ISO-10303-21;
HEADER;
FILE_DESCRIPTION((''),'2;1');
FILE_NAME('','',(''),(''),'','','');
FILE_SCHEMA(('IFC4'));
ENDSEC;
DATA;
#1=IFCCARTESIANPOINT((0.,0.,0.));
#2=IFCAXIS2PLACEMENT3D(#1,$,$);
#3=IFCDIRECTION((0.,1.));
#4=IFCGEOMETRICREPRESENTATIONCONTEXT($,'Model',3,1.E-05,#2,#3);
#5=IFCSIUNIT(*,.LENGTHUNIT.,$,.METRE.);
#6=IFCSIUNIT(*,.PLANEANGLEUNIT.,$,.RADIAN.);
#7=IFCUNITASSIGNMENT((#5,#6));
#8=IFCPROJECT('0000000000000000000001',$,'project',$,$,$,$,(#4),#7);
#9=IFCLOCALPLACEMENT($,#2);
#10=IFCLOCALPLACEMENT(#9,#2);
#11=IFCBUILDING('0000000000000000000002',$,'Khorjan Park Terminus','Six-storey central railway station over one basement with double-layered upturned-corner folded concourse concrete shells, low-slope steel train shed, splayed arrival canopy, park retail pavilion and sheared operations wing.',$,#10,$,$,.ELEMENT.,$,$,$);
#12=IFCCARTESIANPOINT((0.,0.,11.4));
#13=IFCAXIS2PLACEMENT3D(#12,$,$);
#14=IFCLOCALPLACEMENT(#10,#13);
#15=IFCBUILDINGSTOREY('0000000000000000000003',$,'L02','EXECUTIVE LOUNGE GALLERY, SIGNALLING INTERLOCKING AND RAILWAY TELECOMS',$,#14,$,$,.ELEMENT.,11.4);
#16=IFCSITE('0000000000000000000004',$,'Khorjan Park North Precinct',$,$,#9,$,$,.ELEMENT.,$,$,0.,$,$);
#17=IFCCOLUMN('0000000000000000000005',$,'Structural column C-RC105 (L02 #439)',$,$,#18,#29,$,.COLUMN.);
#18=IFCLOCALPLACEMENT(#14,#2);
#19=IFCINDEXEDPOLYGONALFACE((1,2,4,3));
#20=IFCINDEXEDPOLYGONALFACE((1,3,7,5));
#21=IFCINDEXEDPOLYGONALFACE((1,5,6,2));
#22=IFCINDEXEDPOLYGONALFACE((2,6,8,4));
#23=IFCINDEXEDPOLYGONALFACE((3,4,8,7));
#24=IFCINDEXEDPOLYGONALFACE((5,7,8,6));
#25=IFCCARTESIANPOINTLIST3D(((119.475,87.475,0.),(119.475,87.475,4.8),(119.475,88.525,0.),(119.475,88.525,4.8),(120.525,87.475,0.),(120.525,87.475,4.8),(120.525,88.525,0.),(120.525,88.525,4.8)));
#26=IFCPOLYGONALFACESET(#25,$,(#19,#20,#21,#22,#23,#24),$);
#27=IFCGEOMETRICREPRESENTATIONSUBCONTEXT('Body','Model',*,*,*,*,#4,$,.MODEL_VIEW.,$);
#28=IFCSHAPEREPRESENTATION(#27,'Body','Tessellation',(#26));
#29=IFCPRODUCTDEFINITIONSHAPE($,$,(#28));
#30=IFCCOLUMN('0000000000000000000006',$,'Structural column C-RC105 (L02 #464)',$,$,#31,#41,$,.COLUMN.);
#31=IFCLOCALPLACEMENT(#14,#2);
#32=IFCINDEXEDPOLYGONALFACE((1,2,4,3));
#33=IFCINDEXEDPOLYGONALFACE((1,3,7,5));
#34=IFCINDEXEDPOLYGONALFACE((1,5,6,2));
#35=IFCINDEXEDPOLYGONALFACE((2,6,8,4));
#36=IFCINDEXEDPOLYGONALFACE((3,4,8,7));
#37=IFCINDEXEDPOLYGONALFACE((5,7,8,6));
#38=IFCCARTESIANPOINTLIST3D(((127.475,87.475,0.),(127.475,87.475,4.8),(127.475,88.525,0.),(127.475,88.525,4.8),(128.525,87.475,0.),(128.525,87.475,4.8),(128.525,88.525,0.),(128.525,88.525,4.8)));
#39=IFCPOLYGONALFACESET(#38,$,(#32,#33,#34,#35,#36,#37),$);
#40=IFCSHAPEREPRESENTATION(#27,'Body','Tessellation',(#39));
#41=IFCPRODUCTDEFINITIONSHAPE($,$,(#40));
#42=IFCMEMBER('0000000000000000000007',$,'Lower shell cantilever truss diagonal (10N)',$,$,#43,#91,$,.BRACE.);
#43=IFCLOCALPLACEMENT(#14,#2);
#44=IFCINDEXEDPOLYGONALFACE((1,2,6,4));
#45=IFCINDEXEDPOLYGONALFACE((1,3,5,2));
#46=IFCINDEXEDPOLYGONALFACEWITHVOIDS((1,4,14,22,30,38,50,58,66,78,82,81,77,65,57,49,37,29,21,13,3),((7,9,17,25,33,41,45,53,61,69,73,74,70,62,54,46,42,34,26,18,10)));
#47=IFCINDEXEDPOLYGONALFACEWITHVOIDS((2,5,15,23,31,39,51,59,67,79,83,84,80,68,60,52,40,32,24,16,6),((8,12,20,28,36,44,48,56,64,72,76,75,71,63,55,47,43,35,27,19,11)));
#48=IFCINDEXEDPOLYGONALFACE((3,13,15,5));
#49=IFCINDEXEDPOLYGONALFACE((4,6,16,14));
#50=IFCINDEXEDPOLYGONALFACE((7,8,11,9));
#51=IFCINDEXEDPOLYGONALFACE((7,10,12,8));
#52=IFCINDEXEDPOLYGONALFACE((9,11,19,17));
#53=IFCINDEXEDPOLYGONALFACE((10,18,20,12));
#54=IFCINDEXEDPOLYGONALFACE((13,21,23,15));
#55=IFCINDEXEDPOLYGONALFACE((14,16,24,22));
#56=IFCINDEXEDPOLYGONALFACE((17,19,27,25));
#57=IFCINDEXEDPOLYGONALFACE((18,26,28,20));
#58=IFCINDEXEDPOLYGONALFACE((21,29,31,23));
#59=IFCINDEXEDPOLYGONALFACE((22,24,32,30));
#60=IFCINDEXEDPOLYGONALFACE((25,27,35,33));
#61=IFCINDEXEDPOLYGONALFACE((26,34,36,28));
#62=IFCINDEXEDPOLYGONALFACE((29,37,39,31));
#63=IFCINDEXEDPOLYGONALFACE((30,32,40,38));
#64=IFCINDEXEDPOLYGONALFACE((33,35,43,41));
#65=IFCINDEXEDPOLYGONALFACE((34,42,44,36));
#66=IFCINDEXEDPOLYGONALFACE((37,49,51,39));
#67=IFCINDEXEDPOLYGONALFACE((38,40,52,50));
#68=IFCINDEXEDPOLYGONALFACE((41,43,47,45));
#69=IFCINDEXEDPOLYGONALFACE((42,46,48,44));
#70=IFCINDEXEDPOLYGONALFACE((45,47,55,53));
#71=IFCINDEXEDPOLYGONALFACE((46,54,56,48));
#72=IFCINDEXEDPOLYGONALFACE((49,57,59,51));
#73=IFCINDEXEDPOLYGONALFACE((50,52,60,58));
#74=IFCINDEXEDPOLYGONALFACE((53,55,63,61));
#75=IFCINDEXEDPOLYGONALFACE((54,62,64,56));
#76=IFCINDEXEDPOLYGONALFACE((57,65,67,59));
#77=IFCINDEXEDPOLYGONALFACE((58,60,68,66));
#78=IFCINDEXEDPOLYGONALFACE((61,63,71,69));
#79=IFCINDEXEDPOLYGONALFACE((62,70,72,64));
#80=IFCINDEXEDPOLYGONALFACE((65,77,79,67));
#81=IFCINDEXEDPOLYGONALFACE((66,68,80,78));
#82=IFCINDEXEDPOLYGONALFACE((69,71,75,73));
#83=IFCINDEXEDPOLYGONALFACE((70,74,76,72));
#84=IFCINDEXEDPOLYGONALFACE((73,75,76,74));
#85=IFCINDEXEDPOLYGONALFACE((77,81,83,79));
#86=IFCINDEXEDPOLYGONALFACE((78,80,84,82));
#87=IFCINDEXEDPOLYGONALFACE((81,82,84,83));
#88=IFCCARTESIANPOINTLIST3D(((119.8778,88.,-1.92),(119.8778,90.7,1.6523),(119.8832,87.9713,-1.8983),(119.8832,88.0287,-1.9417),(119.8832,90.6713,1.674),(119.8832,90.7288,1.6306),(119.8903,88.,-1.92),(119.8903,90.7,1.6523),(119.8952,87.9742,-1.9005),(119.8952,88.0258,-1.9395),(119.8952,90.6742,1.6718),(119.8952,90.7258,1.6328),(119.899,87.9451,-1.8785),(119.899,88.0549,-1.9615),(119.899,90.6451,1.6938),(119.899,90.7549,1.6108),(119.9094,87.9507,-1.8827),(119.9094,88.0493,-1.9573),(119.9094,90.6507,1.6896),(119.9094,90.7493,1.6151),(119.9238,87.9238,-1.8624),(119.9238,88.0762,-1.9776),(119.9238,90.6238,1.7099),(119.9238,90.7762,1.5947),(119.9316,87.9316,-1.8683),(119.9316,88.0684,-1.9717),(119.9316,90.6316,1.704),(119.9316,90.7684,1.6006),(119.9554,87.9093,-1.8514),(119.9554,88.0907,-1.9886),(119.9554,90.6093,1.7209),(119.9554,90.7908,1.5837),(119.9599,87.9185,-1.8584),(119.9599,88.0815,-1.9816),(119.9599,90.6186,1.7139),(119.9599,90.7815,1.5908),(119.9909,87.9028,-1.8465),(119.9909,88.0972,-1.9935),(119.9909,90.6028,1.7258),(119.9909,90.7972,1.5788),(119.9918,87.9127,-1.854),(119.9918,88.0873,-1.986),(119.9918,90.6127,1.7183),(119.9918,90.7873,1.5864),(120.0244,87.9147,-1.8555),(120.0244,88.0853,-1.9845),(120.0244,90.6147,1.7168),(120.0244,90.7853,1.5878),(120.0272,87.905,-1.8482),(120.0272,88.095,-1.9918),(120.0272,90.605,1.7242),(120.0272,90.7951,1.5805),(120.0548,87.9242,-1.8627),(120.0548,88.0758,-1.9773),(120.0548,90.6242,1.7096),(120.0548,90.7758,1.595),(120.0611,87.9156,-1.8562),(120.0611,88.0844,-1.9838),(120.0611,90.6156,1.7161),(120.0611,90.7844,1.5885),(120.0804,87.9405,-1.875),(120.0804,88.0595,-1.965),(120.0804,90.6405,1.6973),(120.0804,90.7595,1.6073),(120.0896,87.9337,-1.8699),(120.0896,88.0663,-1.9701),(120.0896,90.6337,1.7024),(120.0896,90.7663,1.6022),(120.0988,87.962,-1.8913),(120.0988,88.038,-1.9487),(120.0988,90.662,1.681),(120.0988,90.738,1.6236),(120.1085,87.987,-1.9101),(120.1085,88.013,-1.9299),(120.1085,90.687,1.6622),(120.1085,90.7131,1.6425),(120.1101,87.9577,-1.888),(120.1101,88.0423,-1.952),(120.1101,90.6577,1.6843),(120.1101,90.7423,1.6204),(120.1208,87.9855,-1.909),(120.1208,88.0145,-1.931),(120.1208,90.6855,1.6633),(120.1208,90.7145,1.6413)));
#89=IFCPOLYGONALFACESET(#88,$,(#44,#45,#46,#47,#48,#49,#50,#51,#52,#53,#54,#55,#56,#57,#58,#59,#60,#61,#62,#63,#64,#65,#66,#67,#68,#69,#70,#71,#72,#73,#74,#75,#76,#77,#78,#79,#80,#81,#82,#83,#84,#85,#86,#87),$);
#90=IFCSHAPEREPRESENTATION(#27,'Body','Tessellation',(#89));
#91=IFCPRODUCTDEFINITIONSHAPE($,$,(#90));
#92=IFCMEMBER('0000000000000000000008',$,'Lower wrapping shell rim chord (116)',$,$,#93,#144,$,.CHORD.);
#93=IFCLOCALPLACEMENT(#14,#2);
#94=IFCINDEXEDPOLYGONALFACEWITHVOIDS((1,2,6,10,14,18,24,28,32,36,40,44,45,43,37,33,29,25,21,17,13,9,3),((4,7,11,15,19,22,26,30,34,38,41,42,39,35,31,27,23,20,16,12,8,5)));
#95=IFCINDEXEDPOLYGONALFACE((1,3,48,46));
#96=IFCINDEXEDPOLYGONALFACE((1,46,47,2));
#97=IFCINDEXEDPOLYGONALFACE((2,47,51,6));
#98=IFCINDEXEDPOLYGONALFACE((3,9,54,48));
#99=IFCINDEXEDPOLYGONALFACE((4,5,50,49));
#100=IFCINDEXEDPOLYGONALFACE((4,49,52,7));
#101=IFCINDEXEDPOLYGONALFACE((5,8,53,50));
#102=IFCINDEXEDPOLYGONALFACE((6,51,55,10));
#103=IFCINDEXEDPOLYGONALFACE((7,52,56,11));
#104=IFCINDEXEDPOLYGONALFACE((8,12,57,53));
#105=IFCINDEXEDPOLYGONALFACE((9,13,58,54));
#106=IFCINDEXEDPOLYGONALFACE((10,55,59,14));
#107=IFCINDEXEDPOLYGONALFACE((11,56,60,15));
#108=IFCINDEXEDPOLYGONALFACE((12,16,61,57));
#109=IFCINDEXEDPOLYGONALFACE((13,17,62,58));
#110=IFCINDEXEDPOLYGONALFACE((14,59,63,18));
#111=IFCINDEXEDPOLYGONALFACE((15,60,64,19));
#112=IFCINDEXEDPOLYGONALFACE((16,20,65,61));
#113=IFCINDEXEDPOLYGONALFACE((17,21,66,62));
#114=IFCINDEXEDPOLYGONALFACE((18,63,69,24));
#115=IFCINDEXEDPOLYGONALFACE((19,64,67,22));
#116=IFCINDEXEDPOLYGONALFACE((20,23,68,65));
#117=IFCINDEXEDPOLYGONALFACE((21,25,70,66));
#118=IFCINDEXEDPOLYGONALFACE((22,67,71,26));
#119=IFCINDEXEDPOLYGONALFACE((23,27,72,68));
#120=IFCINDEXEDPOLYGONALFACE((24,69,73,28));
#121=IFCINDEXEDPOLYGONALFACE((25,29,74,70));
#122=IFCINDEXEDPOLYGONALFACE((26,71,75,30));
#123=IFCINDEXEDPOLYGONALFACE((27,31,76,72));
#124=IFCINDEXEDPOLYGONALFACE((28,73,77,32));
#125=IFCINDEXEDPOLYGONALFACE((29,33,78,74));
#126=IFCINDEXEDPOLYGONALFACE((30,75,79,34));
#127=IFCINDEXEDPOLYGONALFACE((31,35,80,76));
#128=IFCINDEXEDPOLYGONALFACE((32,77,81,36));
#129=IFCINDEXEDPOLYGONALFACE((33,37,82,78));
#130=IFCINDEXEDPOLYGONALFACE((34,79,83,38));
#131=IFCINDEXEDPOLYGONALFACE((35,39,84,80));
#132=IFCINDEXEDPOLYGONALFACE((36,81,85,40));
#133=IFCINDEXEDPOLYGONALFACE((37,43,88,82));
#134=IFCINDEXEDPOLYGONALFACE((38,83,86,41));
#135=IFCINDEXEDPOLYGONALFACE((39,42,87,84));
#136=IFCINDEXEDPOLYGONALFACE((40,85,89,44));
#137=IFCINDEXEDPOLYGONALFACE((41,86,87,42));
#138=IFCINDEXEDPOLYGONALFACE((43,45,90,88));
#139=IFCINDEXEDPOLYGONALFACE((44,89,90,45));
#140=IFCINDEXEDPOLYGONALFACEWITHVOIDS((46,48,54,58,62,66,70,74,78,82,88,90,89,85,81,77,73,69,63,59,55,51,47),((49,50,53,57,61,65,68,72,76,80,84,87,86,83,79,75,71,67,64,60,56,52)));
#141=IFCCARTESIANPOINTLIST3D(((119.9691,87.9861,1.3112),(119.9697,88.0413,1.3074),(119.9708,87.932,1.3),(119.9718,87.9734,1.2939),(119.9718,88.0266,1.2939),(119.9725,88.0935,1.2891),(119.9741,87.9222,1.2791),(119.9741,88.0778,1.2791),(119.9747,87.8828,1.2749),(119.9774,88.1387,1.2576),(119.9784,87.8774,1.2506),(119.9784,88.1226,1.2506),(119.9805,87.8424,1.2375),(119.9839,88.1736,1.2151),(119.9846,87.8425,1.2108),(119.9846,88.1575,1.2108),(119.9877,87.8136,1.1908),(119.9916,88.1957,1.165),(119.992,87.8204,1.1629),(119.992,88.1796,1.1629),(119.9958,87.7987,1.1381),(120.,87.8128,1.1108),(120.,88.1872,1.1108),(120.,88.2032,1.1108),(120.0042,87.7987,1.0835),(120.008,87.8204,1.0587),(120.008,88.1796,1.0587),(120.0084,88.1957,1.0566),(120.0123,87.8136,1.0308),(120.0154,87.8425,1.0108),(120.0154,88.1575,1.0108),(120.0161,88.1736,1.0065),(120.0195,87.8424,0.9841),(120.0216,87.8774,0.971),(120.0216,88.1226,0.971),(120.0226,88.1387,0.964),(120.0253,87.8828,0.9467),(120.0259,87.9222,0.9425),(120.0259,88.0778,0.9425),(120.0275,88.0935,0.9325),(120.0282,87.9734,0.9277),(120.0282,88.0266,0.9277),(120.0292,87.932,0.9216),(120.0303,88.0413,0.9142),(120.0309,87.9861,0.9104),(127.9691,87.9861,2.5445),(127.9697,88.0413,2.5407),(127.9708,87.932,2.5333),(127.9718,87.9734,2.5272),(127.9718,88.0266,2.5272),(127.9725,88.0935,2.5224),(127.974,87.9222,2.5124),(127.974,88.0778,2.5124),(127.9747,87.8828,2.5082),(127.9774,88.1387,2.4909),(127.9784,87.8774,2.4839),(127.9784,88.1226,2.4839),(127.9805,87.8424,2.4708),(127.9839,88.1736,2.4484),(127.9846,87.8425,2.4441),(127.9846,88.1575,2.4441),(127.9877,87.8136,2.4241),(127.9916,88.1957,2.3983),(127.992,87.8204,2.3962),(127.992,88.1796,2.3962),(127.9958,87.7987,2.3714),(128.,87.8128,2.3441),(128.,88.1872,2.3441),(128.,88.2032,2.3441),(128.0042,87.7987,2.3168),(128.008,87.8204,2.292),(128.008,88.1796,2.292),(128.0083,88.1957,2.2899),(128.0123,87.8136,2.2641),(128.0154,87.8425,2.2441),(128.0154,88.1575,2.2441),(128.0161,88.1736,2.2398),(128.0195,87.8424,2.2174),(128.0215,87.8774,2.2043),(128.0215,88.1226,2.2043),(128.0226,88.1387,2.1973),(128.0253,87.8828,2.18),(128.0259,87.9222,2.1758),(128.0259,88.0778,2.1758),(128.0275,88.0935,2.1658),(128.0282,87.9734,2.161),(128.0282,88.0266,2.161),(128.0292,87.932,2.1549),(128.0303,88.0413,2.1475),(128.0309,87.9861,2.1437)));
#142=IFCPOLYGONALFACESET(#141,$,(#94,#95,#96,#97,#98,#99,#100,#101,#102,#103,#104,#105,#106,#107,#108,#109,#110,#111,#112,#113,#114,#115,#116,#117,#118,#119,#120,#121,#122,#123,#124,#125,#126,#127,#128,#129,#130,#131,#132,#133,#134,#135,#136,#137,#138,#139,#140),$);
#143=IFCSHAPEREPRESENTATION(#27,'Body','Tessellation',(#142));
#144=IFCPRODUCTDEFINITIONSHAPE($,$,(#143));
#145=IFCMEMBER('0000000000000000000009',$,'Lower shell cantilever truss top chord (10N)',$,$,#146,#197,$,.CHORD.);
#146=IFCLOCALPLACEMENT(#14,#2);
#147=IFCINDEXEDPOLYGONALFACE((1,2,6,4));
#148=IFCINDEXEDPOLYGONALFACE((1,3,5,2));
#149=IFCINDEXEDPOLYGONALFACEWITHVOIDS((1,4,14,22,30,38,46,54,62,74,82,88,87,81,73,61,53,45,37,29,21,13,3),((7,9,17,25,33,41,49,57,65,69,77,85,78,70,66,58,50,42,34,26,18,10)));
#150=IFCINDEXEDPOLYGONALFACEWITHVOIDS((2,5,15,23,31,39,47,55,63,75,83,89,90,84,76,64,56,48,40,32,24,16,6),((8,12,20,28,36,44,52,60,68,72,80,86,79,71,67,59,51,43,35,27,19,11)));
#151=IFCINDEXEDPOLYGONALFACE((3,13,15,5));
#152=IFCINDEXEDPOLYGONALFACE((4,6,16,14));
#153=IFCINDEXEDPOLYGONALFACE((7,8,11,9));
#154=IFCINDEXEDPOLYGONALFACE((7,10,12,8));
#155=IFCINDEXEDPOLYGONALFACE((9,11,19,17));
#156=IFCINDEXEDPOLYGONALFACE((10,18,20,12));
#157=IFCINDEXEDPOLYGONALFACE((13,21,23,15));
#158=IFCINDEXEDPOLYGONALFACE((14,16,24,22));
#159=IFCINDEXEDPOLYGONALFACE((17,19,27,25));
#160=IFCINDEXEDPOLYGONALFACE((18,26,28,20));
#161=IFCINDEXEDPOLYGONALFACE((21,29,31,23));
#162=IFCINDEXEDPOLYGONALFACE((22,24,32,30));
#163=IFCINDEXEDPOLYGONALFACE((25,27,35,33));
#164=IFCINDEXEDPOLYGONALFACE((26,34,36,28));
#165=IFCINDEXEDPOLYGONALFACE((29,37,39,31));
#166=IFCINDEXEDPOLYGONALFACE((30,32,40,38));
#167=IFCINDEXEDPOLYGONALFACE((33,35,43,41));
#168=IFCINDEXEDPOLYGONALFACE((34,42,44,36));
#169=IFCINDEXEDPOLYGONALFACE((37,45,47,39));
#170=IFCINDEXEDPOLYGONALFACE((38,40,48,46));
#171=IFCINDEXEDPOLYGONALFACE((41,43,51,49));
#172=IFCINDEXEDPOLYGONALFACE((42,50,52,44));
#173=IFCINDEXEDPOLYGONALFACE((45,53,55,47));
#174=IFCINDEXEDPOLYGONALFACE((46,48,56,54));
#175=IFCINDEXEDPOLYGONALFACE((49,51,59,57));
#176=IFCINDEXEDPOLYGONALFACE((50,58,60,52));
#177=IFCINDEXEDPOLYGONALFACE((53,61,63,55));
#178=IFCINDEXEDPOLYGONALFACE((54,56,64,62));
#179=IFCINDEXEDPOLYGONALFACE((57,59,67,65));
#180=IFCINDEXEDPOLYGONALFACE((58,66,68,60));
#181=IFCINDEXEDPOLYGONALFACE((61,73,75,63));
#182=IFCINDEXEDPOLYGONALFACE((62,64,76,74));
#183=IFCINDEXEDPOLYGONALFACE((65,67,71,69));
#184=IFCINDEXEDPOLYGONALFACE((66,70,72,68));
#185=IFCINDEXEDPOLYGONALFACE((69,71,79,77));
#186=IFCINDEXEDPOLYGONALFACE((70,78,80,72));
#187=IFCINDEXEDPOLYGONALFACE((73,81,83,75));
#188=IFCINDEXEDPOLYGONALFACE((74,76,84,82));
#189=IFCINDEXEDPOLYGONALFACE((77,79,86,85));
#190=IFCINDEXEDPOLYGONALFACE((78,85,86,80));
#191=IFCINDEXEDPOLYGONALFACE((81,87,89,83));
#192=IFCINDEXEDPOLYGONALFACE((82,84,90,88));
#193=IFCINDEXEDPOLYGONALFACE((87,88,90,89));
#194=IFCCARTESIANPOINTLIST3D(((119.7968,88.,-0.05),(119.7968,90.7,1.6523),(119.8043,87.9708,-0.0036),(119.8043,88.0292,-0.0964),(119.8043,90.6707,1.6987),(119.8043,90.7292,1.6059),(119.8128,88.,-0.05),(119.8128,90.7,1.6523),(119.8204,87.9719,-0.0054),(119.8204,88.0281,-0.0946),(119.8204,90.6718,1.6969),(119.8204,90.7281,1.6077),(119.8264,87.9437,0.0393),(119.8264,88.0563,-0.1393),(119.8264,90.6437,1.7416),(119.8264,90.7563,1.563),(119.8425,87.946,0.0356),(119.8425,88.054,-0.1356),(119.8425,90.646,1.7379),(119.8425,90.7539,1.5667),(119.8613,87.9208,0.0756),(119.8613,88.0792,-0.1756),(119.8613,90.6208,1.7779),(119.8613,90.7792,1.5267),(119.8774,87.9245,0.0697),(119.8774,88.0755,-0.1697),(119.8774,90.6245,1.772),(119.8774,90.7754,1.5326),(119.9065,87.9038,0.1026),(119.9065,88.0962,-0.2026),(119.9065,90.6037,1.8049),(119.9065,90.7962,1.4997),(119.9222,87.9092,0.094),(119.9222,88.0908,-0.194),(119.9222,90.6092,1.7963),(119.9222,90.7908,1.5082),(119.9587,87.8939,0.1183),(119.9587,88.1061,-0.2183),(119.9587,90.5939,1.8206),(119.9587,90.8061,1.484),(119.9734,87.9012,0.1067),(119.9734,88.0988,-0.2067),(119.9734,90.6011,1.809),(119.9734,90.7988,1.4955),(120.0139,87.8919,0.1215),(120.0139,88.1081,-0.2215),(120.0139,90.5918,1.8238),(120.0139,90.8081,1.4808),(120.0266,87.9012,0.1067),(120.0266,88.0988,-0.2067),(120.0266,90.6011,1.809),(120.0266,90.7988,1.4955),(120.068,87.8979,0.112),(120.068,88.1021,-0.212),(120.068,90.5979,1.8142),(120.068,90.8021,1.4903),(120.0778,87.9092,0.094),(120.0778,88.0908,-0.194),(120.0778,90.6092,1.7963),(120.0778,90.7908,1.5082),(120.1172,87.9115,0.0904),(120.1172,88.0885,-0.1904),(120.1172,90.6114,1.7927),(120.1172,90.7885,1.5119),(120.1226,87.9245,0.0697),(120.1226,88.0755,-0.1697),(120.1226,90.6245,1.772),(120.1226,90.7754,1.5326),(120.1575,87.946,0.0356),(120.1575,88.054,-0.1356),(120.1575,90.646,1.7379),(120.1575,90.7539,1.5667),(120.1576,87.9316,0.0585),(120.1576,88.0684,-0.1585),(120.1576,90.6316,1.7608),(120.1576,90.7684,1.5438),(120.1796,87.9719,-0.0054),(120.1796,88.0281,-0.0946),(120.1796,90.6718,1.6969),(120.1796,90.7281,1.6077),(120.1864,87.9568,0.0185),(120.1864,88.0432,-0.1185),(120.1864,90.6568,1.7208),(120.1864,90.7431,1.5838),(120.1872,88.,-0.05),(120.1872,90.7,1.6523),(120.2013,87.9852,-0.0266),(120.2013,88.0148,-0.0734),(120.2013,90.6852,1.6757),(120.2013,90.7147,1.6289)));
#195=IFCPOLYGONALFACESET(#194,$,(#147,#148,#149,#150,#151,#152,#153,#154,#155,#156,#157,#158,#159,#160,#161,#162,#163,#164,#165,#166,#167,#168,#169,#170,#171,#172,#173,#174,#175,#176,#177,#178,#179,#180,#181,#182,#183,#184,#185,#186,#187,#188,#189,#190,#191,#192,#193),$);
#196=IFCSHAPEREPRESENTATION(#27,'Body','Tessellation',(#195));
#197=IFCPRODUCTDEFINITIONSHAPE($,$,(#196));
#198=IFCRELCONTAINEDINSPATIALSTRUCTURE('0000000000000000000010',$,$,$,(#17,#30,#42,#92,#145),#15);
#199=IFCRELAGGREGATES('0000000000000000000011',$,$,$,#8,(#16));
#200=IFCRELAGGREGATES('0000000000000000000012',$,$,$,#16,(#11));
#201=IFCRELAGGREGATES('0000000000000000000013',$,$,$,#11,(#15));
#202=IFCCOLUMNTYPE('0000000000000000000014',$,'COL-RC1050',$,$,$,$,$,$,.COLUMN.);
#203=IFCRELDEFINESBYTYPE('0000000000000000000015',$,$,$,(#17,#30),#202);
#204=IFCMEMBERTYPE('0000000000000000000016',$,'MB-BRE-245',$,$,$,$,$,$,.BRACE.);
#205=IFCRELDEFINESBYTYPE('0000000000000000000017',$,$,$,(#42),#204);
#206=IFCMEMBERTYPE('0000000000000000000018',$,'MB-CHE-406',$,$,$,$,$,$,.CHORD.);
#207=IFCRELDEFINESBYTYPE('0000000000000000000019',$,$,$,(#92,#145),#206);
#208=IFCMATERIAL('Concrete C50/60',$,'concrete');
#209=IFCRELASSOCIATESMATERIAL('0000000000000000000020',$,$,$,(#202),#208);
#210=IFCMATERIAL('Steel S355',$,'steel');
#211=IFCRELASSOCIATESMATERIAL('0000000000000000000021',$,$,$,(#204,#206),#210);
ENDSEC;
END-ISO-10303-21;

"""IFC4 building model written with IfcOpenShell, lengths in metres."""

from ifc_helpers import new_model, si_unit, direction, frame, origin, origin_2d, place, context, subcontext, project, spatial, rectangle, hollow_circle, extrude, material, material_profile, profile_set, type_object, element, save


model = new_model("IFC4")

# Units and contexts
model_context = context("Model", 3, precision=1e-05, world=origin(), true_north=direction((0.0, 1.0)))
body_context = subcontext(model_context, "Body", "Model", "MODEL_VIEW")
ifc_project = project(units=[si_unit("LENGTHUNIT", "METRE"), si_unit("PLANEANGLEUNIT", "RADIAN")], contexts=[model_context])

# Site, building, storey
site_placement = place(None, origin())
site = spatial("IfcSite", under=ifc_project, at=site_placement, Name="Khorjan Park North Precinct", CompositionType="ELEMENT", RefElevation=0.0)
building_placement = place(site_placement, origin())
building = spatial("IfcBuilding", under=site, at=building_placement, Name="Khorjan Park Terminus", Description="Six-storey central railway station over one basement with double-layered upturned-corner folded concourse concrete shells, low-slope steel train shed, splayed arrival canopy, park retail pavilion and sheared operations wing.", CompositionType="ELEMENT")
storey_placement = place(building_placement, frame((0.0, 0.0, 11.4)))
storey = spatial("IfcBuildingStorey", under=building, at=storey_placement, Name="L02", Description="EXECUTIVE LOUNGE GALLERY, SIGNALLING INTERLOCKING AND RAILWAY TELECOMS", CompositionType="ELEMENT", Elevation=11.4)

# Columns
ifc_material_1 = material(Name="Concrete C50/60", Category="concrete")
ifc_material_profile_1 = material_profile(ifc_material_1, rectangle(XDim=1.05, YDim=1.05, at=origin_2d()), Name="RC 1050x1050")
ifc_profile_set_1 = profile_set([ifc_material_profile_1], Name="Concrete C50/60")
column_type = type_object("IfcColumnType", Name="COL-RC1050", PredefinedType="COLUMN", material=ifc_profile_set_1)
for number, where, z_axis, x_axis, name in (
    (1, (120.0, 88.0, 0.0), (0.0, 0.0, 1.0), (1.0, 0.0, 0.0), "Structural column C-RC105 (L02 #439)"),
    (2, (128.0, 88.0, 0.0), (0.0, 0.0, 1.0), (1.0, 0.0, 0.0), "Structural column C-RC105 (L02 #464)"),
):
    element("IfcColumn", number, at=place(storey_placement, frame(where, z_axis=z_axis, x_axis=x_axis)), inside=storey, type_object=column_type, Name=name, PredefinedType="COLUMN", context=body_context, shape_type="SweptSolid", body=[
        extrude(rectangle(XDim=1.05, YDim=1.05, at=origin_2d()), origin(), (0.0, 0.0, 1.0), 4.8),
    ])

# Members
ifc_material_2 = material(Name="Steel S355", Category="steel")
ifc_material_profile_2 = material_profile(ifc_material_2, hollow_circle(Radius=0.1222, WallThickness=0.0125, at=origin_2d()), Name="CHS 244.5x12.5")
ifc_profile_set_2 = profile_set([ifc_material_profile_2], Name="Steel S355")
member_type_1 = type_object("IfcMemberType", Name="MB-BRE-245", PredefinedType="BRACE", material=ifc_profile_set_2)
member_1_placement = place(storey_placement, frame((120.0, 88.0, -1.92), z_axis=(0.0, 0.602965, 0.797768), x_axis=(-1.0, 0.0, 0.0)))
element("IfcMember", 3, at=member_1_placement, inside=storey, type_object=member_type_1, Name="Lower shell cantilever truss diagonal (10N)", PredefinedType="BRACE", context=body_context, shape_type="SweptSolid", body=[
    extrude(hollow_circle(Radius=0.1222, WallThickness=0.0125, at=origin_2d()), origin(), (0.0, 0.0, 1.0), 4.4779),
])
ifc_material_profile_3 = material_profile(ifc_material_2, hollow_circle(Radius=0.2032, WallThickness=0.016, at=origin_2d()), Name="CHS 406.4x16")
ifc_profile_set_3 = profile_set([ifc_material_profile_3], Name="Steel S355")
member_type_2 = type_object("IfcMemberType", Name="MB-CHE-406", PredefinedType="CHORD", material=ifc_profile_set_3)
member_2_placement = place(storey_placement, frame((120.0, 88.0, 1.1108), z_axis=(0.988325, 0.0, 0.152363), x_axis=(0.0, 1.0, 0.0)))
element("IfcMember", 4, at=member_2_placement, inside=storey, type_object=member_type_2, Name="Lower wrapping shell rim chord (116)", PredefinedType="CHORD", context=body_context, shape_type="SweptSolid", body=[
    extrude(hollow_circle(Radius=0.2032, WallThickness=0.016, at=origin_2d()), origin(), (0.0, 0.0, 1.0), 8.0945),
])
member_3_placement = place(storey_placement, frame((120.0, 88.0, -0.05), z_axis=(0.0, 0.845908, 0.533329), x_axis=(-1.0, 0.0, 0.0)))
element("IfcMember", 5, at=member_3_placement, inside=storey, type_object=member_type_2, Name="Lower shell cantilever truss top chord (10N)", PredefinedType="CHORD", context=body_context, shape_type="SweptSolid", body=[
    extrude(hollow_circle(Radius=0.2032, WallThickness=0.016, at=origin_2d()), origin(), (0.0, 0.0, 1.0), 3.1918),
])

save(model, "model.ifc")
